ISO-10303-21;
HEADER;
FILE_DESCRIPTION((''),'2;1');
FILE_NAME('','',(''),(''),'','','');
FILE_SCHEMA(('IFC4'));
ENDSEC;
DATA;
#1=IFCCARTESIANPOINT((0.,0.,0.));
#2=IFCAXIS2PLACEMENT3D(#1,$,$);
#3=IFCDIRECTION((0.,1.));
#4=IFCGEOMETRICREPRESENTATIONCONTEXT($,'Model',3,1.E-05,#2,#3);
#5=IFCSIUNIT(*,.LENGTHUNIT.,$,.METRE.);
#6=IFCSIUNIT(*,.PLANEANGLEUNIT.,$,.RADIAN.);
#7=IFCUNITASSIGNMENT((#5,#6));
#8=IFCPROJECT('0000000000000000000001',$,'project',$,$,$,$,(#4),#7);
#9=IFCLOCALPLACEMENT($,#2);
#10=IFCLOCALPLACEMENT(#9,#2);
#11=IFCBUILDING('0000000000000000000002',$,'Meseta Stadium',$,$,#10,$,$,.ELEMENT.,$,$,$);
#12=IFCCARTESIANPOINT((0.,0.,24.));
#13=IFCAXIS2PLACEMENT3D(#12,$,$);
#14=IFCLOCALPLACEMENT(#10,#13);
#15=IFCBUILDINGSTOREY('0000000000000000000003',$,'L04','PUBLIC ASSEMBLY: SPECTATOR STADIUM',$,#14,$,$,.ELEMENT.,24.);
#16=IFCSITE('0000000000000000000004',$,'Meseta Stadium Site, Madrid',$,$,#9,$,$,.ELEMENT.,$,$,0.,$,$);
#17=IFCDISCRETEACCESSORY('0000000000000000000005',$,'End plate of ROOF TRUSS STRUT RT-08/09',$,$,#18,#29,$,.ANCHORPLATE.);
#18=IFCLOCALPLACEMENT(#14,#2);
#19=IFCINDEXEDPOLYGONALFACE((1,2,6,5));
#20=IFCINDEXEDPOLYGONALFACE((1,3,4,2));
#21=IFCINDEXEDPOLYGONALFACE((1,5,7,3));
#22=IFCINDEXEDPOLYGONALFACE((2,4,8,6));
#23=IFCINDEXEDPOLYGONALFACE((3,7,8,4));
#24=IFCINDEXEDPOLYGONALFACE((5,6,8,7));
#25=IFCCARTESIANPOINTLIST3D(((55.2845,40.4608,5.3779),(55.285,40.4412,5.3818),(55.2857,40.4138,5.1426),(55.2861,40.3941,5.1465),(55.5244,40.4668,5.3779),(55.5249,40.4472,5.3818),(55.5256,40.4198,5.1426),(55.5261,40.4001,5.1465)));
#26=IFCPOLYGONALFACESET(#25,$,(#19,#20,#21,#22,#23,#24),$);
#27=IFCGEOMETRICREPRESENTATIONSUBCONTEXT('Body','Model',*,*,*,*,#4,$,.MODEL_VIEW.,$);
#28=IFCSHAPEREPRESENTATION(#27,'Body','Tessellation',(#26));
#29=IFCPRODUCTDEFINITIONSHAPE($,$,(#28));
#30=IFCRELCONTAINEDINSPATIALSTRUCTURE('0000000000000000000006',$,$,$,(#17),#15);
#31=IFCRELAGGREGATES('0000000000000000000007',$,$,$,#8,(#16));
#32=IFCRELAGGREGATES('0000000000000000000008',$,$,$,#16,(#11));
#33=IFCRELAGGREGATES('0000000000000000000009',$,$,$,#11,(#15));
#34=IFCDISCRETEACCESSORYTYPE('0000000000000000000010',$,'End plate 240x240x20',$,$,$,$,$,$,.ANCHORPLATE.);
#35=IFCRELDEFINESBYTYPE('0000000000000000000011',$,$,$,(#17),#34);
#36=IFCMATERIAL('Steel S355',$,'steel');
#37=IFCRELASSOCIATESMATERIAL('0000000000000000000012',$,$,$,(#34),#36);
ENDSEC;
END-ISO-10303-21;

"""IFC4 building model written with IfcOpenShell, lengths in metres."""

from ifc_helpers import new_model, si_unit, direction, frame, origin, origin_2d, place, context, subcontext, project, spatial, rectangle, extrude, material, material_profile, profile_set, type_object, element, save


model = new_model("IFC4")

# Units and contexts
model_context = context("Model", 3, precision=1e-05, world=origin(), true_north=direction((0.0, 1.0)))
body_context = subcontext(model_context, "Body", "Model", "MODEL_VIEW")
ifc_project = project(units=[si_unit("LENGTHUNIT", "METRE"), si_unit("PLANEANGLEUNIT", "RADIAN")], contexts=[model_context])

# Site, building, storey
site_placement = place(None, origin())
site = spatial("IfcSite", under=ifc_project, at=site_placement, Name="Meseta Stadium Site, Madrid", CompositionType="ELEMENT", RefElevation=0.0)
building_placement = place(site_placement, origin())
building = spatial("IfcBuilding", under=site, at=building_placement, Name="Meseta Stadium", CompositionType="ELEMENT")
storey_placement = place(building_placement, frame((0.0, 0.0, 24.0)))
storey = spatial("IfcBuildingStorey", under=building, at=storey_placement, Name="L04", Description="PUBLIC ASSEMBLY: SPECTATOR STADIUM", CompositionType="ELEMENT", Elevation=24.0)

# Discrete accessory
ifc_material_1 = material(Name="Steel S355", Category="steel")
ifc_material_profile_1 = material_profile(ifc_material_1, rectangle(XDim=0.24, YDim=0.24, at=origin_2d()), Name="PL 240x240")
ifc_profile_set_1 = profile_set([ifc_material_profile_1], Name="Steel S355")
discrete_accessory_type_1 = type_object("IfcDiscreteAccessoryType", Name="End plate 240x240x20", PredefinedType="ANCHORPLATE", material=ifc_profile_set_1)
for number, where, z_axis, x_axis, name in (
    (1, (55.4055, 40.4207, 5.2642), (-0.024507, 0.980286, -0.196057), (-0.999688, -0.024992, 0.0), "End plate of ROOF TRUSS STRUT RT-08/09"),
):
    element("IfcDiscreteAccessory", number, at=place(storey_placement, frame(where, z_axis=z_axis, x_axis=x_axis)), inside=storey, type_object=discrete_accessory_type_1, Name=name, PredefinedType="ANCHORPLATE", context=body_context, shape_type="SweptSolid", body=[
        extrude(rectangle(XDim=0.24, YDim=0.24, at=origin_2d()), origin(), (0.0, 0.0, 1.0), 0.02),
    ])

save(model, "model.ifc")
